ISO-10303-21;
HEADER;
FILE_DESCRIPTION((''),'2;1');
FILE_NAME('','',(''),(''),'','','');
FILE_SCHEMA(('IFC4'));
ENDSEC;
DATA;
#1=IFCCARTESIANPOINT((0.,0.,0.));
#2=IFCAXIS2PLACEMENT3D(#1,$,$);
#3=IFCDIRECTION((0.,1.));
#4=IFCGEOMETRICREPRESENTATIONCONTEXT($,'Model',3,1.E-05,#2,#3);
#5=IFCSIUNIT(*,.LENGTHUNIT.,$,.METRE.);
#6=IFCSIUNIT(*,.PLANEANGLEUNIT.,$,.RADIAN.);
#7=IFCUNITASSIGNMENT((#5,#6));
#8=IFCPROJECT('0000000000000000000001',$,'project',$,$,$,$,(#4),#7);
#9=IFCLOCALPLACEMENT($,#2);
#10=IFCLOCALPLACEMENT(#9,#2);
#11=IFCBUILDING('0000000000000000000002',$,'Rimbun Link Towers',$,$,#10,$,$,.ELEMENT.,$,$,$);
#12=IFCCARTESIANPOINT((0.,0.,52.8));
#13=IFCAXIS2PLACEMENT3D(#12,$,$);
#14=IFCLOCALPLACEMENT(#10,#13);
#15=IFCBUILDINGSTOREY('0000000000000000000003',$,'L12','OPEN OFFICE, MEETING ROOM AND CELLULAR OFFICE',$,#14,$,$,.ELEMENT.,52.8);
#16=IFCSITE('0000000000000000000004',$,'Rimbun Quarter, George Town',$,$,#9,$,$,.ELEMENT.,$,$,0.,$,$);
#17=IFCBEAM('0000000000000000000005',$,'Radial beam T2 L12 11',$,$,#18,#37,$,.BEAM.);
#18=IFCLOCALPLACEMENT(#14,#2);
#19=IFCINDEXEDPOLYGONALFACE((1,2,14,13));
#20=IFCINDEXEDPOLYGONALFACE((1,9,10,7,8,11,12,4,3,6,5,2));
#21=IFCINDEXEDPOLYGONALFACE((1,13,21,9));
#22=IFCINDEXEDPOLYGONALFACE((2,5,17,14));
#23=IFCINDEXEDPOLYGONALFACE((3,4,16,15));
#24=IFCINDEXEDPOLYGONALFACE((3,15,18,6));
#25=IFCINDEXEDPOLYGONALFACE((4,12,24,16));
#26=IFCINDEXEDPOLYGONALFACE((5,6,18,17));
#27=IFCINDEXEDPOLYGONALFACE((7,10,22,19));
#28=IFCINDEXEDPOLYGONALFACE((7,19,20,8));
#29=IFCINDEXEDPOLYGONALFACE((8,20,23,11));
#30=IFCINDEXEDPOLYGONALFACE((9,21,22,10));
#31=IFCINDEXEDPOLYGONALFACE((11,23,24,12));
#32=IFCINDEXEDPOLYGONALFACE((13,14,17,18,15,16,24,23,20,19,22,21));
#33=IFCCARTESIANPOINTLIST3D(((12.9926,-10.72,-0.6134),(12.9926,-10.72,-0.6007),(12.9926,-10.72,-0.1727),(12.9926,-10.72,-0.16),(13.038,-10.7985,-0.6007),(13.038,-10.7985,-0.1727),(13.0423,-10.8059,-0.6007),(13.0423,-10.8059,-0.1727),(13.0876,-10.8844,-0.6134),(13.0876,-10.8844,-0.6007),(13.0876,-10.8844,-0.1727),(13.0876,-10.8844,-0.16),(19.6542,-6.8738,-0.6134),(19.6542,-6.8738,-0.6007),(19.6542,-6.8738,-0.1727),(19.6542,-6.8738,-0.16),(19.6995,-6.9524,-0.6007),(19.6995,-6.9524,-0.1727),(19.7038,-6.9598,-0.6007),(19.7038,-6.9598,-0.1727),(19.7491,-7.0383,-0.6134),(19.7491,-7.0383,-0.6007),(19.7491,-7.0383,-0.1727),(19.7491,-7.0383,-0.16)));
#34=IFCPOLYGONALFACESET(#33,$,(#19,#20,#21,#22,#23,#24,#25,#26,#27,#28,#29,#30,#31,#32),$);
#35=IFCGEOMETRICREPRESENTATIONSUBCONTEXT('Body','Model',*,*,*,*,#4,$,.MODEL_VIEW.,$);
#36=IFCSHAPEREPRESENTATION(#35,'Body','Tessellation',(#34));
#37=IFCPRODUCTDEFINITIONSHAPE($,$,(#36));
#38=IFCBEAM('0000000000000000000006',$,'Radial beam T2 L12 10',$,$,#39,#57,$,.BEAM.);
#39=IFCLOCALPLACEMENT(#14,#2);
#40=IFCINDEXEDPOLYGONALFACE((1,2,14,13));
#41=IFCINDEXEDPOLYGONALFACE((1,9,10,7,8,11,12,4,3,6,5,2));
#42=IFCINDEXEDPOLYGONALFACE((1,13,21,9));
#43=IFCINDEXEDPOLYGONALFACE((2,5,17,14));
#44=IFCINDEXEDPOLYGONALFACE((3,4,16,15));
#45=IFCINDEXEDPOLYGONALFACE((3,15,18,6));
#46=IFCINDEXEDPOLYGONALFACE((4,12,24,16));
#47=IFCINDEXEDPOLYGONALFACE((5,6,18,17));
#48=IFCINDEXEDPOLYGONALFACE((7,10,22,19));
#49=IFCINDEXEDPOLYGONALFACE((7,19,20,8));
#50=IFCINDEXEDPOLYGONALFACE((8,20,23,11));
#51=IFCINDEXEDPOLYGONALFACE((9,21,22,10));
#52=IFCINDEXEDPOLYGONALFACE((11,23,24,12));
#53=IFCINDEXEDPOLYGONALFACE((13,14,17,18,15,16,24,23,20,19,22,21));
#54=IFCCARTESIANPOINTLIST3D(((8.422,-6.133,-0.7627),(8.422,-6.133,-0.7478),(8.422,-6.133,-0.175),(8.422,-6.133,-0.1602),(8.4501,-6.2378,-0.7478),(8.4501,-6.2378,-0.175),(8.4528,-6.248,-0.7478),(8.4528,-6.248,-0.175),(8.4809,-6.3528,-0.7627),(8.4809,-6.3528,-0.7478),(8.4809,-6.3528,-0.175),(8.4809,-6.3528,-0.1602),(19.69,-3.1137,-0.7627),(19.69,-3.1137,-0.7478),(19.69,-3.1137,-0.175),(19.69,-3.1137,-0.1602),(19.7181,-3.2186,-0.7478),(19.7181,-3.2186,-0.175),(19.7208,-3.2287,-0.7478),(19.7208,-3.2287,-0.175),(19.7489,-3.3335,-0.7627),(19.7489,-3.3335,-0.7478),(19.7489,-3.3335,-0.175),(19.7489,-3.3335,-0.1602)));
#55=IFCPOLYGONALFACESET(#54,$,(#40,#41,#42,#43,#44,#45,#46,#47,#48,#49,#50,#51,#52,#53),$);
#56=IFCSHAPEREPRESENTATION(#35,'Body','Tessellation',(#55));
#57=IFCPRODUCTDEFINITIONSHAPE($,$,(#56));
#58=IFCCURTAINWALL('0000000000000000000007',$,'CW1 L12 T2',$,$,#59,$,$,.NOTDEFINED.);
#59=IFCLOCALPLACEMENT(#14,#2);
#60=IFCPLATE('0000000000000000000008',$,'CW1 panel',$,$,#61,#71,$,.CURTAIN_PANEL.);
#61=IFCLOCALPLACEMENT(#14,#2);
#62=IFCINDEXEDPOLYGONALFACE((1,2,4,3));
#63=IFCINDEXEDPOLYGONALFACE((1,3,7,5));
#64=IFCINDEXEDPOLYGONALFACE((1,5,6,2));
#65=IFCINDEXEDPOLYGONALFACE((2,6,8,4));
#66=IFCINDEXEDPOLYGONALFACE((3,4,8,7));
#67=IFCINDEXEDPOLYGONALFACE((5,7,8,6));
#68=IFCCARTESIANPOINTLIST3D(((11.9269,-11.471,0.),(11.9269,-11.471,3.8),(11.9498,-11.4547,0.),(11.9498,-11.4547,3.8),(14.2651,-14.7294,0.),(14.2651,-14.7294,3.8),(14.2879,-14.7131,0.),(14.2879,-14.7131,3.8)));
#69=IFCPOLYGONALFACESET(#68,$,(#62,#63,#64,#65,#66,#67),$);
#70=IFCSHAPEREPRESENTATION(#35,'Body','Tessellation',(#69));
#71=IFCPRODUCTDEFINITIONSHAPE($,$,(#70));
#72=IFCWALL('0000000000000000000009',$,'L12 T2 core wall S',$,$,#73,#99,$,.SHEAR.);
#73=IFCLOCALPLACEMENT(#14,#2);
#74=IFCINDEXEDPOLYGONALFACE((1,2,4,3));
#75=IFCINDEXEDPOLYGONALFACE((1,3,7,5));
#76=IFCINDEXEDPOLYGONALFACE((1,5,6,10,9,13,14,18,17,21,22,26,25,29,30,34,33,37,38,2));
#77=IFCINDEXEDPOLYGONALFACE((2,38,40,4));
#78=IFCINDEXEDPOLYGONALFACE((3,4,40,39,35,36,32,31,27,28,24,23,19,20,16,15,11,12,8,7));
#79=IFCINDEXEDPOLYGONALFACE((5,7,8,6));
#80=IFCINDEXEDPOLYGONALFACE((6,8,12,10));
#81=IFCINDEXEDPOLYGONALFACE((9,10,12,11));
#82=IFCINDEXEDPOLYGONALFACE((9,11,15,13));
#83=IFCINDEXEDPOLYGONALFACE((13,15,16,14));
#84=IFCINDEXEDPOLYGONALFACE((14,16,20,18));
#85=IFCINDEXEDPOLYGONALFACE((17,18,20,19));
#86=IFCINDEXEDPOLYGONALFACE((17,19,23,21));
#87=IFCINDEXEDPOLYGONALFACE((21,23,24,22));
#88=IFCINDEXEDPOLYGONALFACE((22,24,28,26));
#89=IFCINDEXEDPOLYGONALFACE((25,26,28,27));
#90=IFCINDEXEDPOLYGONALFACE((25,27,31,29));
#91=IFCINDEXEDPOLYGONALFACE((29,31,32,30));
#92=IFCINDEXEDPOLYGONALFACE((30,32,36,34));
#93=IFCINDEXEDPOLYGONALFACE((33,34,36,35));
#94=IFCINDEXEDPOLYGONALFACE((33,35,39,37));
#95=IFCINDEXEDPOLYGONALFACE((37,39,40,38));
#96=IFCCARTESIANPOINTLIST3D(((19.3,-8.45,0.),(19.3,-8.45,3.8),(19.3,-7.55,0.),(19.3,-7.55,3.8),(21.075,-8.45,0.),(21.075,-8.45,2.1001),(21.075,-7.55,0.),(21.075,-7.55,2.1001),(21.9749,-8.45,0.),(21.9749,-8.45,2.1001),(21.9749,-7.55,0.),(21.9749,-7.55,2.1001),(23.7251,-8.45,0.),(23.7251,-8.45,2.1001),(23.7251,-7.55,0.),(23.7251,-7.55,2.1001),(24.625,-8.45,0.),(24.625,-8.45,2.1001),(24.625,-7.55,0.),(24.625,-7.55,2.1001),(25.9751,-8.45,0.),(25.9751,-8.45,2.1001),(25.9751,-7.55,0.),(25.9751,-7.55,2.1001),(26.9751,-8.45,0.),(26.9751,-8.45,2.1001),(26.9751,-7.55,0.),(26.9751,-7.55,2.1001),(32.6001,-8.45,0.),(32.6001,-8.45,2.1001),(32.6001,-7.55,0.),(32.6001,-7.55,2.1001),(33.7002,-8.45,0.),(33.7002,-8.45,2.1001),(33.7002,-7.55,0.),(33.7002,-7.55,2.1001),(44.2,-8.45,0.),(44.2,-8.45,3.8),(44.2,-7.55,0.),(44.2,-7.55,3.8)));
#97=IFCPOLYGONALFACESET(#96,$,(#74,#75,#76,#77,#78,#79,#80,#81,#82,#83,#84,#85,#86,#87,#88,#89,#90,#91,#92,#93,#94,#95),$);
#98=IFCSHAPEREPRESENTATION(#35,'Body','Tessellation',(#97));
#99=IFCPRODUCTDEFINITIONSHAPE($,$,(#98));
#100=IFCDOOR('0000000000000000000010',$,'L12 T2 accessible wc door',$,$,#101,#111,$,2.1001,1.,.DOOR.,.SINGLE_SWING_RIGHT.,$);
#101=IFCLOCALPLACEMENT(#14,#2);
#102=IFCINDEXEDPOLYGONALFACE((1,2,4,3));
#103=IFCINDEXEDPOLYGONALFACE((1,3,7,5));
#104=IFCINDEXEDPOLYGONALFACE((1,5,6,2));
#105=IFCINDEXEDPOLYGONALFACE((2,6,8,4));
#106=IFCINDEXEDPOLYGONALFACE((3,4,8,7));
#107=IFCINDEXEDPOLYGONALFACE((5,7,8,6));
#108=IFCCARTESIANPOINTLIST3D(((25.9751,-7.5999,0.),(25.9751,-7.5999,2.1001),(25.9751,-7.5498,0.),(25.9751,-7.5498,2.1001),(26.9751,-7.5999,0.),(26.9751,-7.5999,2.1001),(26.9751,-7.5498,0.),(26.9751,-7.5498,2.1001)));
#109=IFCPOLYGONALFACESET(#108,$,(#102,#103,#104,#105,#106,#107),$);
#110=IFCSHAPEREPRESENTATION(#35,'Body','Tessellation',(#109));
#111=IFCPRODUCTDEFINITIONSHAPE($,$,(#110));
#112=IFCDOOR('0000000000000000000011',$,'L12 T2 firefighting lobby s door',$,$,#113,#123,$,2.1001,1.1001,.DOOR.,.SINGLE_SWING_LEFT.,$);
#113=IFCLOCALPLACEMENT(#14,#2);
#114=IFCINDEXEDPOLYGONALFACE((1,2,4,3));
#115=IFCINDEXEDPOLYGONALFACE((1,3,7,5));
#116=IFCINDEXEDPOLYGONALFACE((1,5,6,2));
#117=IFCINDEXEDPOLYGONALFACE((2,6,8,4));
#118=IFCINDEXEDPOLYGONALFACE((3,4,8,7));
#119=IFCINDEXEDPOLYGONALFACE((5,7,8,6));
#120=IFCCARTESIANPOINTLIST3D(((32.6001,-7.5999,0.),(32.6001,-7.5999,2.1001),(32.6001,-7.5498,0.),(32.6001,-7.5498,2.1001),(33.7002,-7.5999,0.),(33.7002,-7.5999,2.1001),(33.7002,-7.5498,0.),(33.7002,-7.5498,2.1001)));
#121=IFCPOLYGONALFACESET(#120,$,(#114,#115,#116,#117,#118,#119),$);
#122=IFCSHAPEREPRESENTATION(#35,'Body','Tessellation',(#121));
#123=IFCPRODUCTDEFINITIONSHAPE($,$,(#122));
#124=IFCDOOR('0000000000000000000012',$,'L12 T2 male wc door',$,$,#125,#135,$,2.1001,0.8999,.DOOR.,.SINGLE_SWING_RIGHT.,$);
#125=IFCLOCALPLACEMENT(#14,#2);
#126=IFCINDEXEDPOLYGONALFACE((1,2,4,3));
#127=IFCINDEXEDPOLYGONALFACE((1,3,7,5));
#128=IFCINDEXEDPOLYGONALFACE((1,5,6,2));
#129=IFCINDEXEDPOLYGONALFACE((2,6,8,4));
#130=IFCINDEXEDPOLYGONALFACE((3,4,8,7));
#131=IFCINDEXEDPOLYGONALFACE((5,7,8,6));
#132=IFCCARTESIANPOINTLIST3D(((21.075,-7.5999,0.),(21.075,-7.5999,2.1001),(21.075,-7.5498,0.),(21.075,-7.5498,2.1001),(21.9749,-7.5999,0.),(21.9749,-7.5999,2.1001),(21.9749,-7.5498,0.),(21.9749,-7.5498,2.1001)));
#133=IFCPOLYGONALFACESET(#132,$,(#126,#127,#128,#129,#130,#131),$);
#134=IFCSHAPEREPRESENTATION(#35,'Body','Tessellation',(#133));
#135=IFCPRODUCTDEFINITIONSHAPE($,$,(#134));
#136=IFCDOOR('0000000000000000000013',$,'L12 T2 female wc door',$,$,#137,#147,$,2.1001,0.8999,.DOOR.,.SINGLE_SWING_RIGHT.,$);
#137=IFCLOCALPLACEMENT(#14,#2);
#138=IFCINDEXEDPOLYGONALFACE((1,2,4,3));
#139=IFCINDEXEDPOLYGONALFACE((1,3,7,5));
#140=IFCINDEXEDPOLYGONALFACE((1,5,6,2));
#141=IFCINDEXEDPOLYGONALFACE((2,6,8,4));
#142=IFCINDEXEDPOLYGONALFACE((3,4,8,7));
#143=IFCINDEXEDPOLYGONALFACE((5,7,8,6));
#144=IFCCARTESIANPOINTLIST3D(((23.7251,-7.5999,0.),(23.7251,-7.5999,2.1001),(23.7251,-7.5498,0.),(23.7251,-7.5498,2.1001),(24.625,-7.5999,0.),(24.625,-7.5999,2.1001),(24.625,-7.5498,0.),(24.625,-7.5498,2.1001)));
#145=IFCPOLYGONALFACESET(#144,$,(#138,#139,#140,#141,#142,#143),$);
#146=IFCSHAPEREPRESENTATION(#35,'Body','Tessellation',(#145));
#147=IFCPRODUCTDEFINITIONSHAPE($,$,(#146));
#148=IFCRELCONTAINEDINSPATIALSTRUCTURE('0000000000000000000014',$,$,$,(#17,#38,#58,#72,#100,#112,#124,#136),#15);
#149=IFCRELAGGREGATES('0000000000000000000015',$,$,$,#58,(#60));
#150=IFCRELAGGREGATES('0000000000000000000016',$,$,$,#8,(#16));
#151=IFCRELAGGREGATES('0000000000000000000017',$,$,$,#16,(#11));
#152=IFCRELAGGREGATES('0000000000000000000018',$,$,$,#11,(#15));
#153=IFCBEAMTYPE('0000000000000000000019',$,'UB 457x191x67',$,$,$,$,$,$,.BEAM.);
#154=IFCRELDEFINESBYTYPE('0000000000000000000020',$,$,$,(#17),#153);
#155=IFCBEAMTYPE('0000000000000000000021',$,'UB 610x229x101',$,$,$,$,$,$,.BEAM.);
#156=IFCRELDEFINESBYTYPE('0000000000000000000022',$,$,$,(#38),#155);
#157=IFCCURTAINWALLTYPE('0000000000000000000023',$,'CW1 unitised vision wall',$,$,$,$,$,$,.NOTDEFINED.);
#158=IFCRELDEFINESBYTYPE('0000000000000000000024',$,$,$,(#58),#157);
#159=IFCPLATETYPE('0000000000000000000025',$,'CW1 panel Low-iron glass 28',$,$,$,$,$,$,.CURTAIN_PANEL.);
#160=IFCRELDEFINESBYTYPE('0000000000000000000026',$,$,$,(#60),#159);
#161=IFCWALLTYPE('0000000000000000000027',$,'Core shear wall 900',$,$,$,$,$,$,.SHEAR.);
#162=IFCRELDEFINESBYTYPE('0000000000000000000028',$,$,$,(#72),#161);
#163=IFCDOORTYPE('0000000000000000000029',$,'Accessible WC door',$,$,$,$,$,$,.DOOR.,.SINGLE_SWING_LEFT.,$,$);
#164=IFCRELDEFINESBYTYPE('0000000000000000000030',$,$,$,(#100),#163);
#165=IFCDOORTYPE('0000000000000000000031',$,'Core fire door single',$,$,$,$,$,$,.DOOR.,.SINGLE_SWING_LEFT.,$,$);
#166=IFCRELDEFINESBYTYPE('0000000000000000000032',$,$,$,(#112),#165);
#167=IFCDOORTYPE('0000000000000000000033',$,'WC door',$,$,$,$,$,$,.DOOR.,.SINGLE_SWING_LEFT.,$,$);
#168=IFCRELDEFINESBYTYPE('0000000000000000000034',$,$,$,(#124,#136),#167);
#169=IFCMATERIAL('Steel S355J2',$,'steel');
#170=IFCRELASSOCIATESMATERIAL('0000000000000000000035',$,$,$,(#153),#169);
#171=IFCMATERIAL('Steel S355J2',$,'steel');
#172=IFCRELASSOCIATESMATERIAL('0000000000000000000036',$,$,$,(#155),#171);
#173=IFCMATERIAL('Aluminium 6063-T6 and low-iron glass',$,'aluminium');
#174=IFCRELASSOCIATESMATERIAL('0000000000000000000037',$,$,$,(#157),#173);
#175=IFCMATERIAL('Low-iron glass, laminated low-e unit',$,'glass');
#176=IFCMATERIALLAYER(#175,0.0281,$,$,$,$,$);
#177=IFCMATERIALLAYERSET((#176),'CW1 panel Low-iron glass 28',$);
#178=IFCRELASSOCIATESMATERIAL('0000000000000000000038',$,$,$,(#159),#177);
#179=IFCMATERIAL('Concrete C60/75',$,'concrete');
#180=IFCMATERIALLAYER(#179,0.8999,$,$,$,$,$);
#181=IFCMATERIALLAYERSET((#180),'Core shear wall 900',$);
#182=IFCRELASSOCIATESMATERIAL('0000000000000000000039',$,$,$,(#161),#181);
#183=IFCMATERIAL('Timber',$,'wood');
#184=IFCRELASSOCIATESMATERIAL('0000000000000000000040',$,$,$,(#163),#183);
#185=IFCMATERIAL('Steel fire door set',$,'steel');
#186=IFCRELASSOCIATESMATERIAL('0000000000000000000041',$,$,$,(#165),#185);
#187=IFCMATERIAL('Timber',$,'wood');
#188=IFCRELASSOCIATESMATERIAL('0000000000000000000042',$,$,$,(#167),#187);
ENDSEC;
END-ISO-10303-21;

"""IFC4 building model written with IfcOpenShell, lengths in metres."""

from ifc_helpers import new_model, si_unit, direction, frame, frame_2d, origin, origin_2d, place, context, subcontext, project, spatial, rectangle, i_section, extrude, material, layer, layer_set, material_profile, profile_set, type_object, element, fill, aggregate, save


model = new_model("IFC4")

# Units and contexts
model_context = context("Model", 3, precision=1e-05, world=origin(), true_north=direction((0.0, 1.0)))
body_context = subcontext(model_context, "Body", "Model", "MODEL_VIEW")
ifc_project = project(units=[si_unit("LENGTHUNIT", "METRE"), si_unit("PLANEANGLEUNIT", "RADIAN")], contexts=[model_context])

# Site, building, storey
site_placement = place(None, origin())
site = spatial("IfcSite", under=ifc_project, at=site_placement, Name="Rimbun Quarter, George Town", CompositionType="ELEMENT", RefElevation=0.0)
building_placement = place(site_placement, origin())
building = spatial("IfcBuilding", under=site, at=building_placement, Name="Rimbun Link Towers", CompositionType="ELEMENT")
storey_placement = place(building_placement, frame((0.0, 0.0, 52.8)))
storey = spatial("IfcBuildingStorey", under=building, at=storey_placement, Name="L12", Description="OPEN OFFICE, MEETING ROOM AND CELLULAR OFFICE", CompositionType="ELEMENT", Elevation=52.8)

# Beams
ifc_material_1 = material(Name="Steel S355J2", Category="steel")
ifc_material_profile_1 = material_profile(ifc_material_1, i_section(OverallWidth=0.1899, OverallDepth=0.4534, WebThickness=0.0085, FlangeThickness=0.0127, at=origin_2d()), Name="UB 457x191x67")
ifc_profile_set_1 = profile_set([ifc_material_profile_1], Name="Steel S355J2")
beam_type_1 = type_object("IfcBeamType", Name="UB 457x191x67", PredefinedType="BEAM", material=ifc_profile_set_1)
beam_1_placement = place(storey_placement, frame((19.7017, -6.9561, -0.3867), z_axis=(-0.86602, -0.50001, 0.0), x_axis=(0.50001, -0.86602, 0.0)))
element("IfcBeam", 1, at=beam_1_placement, inside=storey, type_object=beam_type_1, Name="Radial beam T2 L12 11", PredefinedType="BEAM", context=body_context, shape_type="SweptSolid", body=[
    extrude(i_section(OverallWidth=0.1899, OverallDepth=0.4534, WebThickness=0.0085, FlangeThickness=0.0127, at=origin_2d()), origin(), (0.0, 0.0, 1.0), 7.6921),
])
ifc_material_2 = material(Name="Steel S355J2", Category="steel")
ifc_material_profile_2 = material_profile(ifc_material_2, i_section(OverallWidth=0.2275, OverallDepth=0.6025, WebThickness=0.0105, FlangeThickness=0.0149, at=origin_2d()), Name="UB 610x229x101")
ifc_profile_set_2 = profile_set([ifc_material_profile_2], Name="Steel S355J2")
beam_type_2 = type_object("IfcBeamType", Name="UB 610x229x101", PredefinedType="BEAM", material=ifc_profile_set_2)
beam_2_placement = place(storey_placement, frame((19.7195, -3.2236, -0.4614), z_axis=(-0.965925, -0.25882, 0.0), x_axis=(0.25882, -0.965925, 0.0)))
element("IfcBeam", 2, at=beam_2_placement, inside=storey, type_object=beam_type_2, Name="Radial beam T2 L12 10", PredefinedType="BEAM", context=body_context, shape_type="SweptSolid", body=[
    extrude(i_section(OverallWidth=0.2275, OverallDepth=0.6025, WebThickness=0.0105, FlangeThickness=0.0149, at=origin_2d()), origin(), (0.0, 0.0, 1.0), 11.6655),
])

# Curtain wall, plate
ifc_material_3 = material(Name="Aluminium 6063-T6 and low-iron glass", Category="aluminium")
curtain_wall_type = type_object("IfcCurtainWallType", Name="CW1 unitised vision wall", PredefinedType="NOTDEFINED", material=ifc_material_3)
curtain_wall_placement = place(storey_placement, origin())
curtain_wall = element("IfcCurtainWall", 3, at=curtain_wall_placement, inside=storey, type_object=curtain_wall_type, Name="CW1 L12 T2", PredefinedType="NOTDEFINED")
ifc_material_4 = material(Name="Low-iron glass, laminated low-e unit", Category="glass")
ifc_layer_1 = layer(ifc_material_4, 0.0281)
ifc_layer_set_1 = layer_set([ifc_layer_1], Name="CW1 panel Low-iron glass 28")
plate_type = type_object("IfcPlateType", Name="CW1 panel Low-iron glass 28", PredefinedType="CURTAIN_PANEL", material=ifc_layer_set_1)
plate_placement = place(storey_placement, frame((13.1074, -13.092, 0.0), z_axis=(0.0, 0.0, 1.0), x_axis=(-0.583004, 0.812469, 0.0)))
plate = element("IfcPlate", 4, at=plate_placement, type_object=plate_type, Name="CW1 panel", PredefinedType="CURTAIN_PANEL", context=body_context, shape_type="SweptSolid", body=[
    extrude(rectangle(XDim=4.0105, YDim=0.0281, at=origin_2d()), origin(), (0.0, 0.0, 1.0), 3.8),
])
aggregate(curtain_wall, [plate])

# Wall, openings, doors
ifc_material_5 = material(Name="Concrete C60/75", Category="concrete")
ifc_layer_2 = layer(ifc_material_5, 0.8999)
ifc_layer_set_2 = layer_set([ifc_layer_2], Name="Core shear wall 900")
wall_type_1 = type_object("IfcWallType", Name="Core shear wall 900", PredefinedType="SHEAR", material=ifc_layer_set_2)
wall_1_placement = place(storey_placement, frame((19.3, -8.0, 0.0), z_axis=(0.0, 0.0, 1.0), x_axis=(1.0, 0.0, 0.0)))
wall_1 = element("IfcWall", 5, at=wall_1_placement, inside=storey, type_object=wall_type_1, Name="L12 T2 core wall S", PredefinedType="SHEAR", context=body_context, shape_type="SweptSolid", body=[
    extrude(rectangle(XDim=24.8999, YDim=0.8999, at=frame_2d((12.45, 0.0))), origin(), (0.0, 0.0, 1.0), 3.8),
])
opening_1_placement = place(wall_1_placement, frame((13.3, 0.0, 0.0)))
opening_1 = element("IfcOpeningElement", 6, at=opening_1_placement, cuts=wall_1, PredefinedType="OPENING", context=body_context, shape_type="SweptSolid", body=[
    extrude(rectangle(XDim=1.1001, YDim=2.1001, at=frame_2d((0.55, 1.05))), frame((0.0, 0.46, 0.0), z_axis=(0.0, -1.0, 0.0), x_axis=(1.0, 0.0, 0.0)), (0.0, 0.0, 1.0), 0.9199),
])
opening_2_placement = place(wall_1_placement, frame((1.7749, 0.0, 0.0)))
opening_2 = element("IfcOpeningElement", 7, at=opening_2_placement, cuts=wall_1, PredefinedType="OPENING", context=body_context, shape_type="SweptSolid", body=[
    extrude(rectangle(XDim=0.8999, YDim=2.1001, at=frame_2d((0.45, 1.05))), frame((0.0, 0.46, 0.0), z_axis=(0.0, -1.0, 0.0), x_axis=(1.0, 0.0, 0.0)), (0.0, 0.0, 1.0), 0.9199),
])
opening_3_placement = place(wall_1_placement, frame((4.425, 0.0, 0.0)))
opening_3 = element("IfcOpeningElement", 8, at=opening_3_placement, cuts=wall_1, PredefinedType="OPENING", context=body_context, shape_type="SweptSolid", body=[
    extrude(rectangle(XDim=0.8999, YDim=2.1001, at=frame_2d((0.45, 1.05))), frame((0.0, 0.46, 0.0), z_axis=(0.0, -1.0, 0.0), x_axis=(1.0, 0.0, 0.0)), (0.0, 0.0, 1.0), 0.9199),
])
opening_4_placement = place(wall_1_placement, frame((6.675, 0.0, 0.0)))
opening_4 = element("IfcOpeningElement", 9, at=opening_4_placement, cuts=wall_1, PredefinedType="OPENING", context=body_context, shape_type="SweptSolid", body=[
    extrude(rectangle(XDim=1.0, YDim=2.1001, at=frame_2d((0.5, 1.05))), frame((0.0, 0.46, 0.0), z_axis=(0.0, -1.0, 0.0), x_axis=(1.0, 0.0, 0.0)), (0.0, 0.0, 1.0), 0.9199),
])
ifc_material_6 = material(Name="Timber", Category="wood")
door_type_1 = type_object("IfcDoorType", Name="Accessible WC door", OperationType="SINGLE_SWING_LEFT", PredefinedType="DOOR", material=ifc_material_6)
door_1_placement = place(opening_4_placement, origin())
door_1 = element("IfcDoor", 10, at=door_1_placement, inside=storey, type_object=door_type_1, Name="L12 T2 accessible wc door", OperationType="SINGLE_SWING_RIGHT", OverallHeight=2.1001, OverallWidth=1.0, PredefinedType="DOOR", context=body_context, shape_type="SweptSolid", body=[
    extrude(rectangle(XDim=1.0, YDim=2.1001, at=frame_2d((0.5, 1.05))), frame((0.0, 0.4502, 0.0), z_axis=(0.0, -1.0, 0.0), x_axis=(1.0, 0.0, 0.0)), (0.0, 0.0, 1.0), 0.05),
])
fill(opening_4, door_1)
ifc_material_7 = material(Name="Steel fire door set", Category="steel")
door_type_2 = type_object("IfcDoorType", Name="Core fire door single", OperationType="SINGLE_SWING_LEFT", PredefinedType="DOOR", material=ifc_material_7)
door_2_placement = place(opening_1_placement, origin())
door_2 = element("IfcDoor", 11, at=door_2_placement, inside=storey, type_object=door_type_2, Name="L12 T2 firefighting lobby s door", OperationType="SINGLE_SWING_LEFT", OverallHeight=2.1001, OverallWidth=1.1001, PredefinedType="DOOR", context=body_context, shape_type="SweptSolid", body=[
    extrude(rectangle(XDim=1.1001, YDim=2.1001, at=frame_2d((0.55, 1.05))), frame((0.0, 0.4502, 0.0), z_axis=(0.0, -1.0, 0.0), x_axis=(1.0, 0.0, 0.0)), (0.0, 0.0, 1.0), 0.05),
])
fill(opening_1, door_2)
ifc_material_8 = material(Name="Timber", Category="wood")
door_type_3 = type_object("IfcDoorType", Name="WC door", OperationType="SINGLE_SWING_LEFT", PredefinedType="DOOR", material=ifc_material_8)
door_3_placement = place(opening_2_placement, origin())
door_3 = element("IfcDoor", 12, at=door_3_placement, inside=storey, type_object=door_type_3, Name="L12 T2 male wc door", OperationType="SINGLE_SWING_RIGHT", OverallHeight=2.1001, OverallWidth=0.8999, PredefinedType="DOOR", context=body_context, shape_type="SweptSolid", body=[
    extrude(rectangle(XDim=0.8999, YDim=2.1001, at=frame_2d((0.45, 1.05))), frame((0.0, 0.4502, 0.0), z_axis=(0.0, -1.0, 0.0), x_axis=(1.0, 0.0, 0.0)), (0.0, 0.0, 1.0), 0.05),
])
fill(opening_2, door_3)
door_4_placement = place(opening_3_placement, origin())
door_4 = element("IfcDoor", 13, at=door_4_placement, inside=storey, type_object=door_type_3, Name="L12 T2 female wc door", OperationType="SINGLE_SWING_RIGHT", OverallHeight=2.1001, OverallWidth=0.8999, PredefinedType="DOOR", context=body_context, shape_type="SweptSolid", body=[
    extrude(rectangle(XDim=0.8999, YDim=2.1001, at=frame_2d((0.45, 1.05))), frame((0.0, 0.4502, 0.0), z_axis=(0.0, -1.0, 0.0), x_axis=(1.0, 0.0, 0.0)), (0.0, 0.0, 1.0), 0.05),
])
fill(opening_3, door_4)

save(model, "model.ifc")
